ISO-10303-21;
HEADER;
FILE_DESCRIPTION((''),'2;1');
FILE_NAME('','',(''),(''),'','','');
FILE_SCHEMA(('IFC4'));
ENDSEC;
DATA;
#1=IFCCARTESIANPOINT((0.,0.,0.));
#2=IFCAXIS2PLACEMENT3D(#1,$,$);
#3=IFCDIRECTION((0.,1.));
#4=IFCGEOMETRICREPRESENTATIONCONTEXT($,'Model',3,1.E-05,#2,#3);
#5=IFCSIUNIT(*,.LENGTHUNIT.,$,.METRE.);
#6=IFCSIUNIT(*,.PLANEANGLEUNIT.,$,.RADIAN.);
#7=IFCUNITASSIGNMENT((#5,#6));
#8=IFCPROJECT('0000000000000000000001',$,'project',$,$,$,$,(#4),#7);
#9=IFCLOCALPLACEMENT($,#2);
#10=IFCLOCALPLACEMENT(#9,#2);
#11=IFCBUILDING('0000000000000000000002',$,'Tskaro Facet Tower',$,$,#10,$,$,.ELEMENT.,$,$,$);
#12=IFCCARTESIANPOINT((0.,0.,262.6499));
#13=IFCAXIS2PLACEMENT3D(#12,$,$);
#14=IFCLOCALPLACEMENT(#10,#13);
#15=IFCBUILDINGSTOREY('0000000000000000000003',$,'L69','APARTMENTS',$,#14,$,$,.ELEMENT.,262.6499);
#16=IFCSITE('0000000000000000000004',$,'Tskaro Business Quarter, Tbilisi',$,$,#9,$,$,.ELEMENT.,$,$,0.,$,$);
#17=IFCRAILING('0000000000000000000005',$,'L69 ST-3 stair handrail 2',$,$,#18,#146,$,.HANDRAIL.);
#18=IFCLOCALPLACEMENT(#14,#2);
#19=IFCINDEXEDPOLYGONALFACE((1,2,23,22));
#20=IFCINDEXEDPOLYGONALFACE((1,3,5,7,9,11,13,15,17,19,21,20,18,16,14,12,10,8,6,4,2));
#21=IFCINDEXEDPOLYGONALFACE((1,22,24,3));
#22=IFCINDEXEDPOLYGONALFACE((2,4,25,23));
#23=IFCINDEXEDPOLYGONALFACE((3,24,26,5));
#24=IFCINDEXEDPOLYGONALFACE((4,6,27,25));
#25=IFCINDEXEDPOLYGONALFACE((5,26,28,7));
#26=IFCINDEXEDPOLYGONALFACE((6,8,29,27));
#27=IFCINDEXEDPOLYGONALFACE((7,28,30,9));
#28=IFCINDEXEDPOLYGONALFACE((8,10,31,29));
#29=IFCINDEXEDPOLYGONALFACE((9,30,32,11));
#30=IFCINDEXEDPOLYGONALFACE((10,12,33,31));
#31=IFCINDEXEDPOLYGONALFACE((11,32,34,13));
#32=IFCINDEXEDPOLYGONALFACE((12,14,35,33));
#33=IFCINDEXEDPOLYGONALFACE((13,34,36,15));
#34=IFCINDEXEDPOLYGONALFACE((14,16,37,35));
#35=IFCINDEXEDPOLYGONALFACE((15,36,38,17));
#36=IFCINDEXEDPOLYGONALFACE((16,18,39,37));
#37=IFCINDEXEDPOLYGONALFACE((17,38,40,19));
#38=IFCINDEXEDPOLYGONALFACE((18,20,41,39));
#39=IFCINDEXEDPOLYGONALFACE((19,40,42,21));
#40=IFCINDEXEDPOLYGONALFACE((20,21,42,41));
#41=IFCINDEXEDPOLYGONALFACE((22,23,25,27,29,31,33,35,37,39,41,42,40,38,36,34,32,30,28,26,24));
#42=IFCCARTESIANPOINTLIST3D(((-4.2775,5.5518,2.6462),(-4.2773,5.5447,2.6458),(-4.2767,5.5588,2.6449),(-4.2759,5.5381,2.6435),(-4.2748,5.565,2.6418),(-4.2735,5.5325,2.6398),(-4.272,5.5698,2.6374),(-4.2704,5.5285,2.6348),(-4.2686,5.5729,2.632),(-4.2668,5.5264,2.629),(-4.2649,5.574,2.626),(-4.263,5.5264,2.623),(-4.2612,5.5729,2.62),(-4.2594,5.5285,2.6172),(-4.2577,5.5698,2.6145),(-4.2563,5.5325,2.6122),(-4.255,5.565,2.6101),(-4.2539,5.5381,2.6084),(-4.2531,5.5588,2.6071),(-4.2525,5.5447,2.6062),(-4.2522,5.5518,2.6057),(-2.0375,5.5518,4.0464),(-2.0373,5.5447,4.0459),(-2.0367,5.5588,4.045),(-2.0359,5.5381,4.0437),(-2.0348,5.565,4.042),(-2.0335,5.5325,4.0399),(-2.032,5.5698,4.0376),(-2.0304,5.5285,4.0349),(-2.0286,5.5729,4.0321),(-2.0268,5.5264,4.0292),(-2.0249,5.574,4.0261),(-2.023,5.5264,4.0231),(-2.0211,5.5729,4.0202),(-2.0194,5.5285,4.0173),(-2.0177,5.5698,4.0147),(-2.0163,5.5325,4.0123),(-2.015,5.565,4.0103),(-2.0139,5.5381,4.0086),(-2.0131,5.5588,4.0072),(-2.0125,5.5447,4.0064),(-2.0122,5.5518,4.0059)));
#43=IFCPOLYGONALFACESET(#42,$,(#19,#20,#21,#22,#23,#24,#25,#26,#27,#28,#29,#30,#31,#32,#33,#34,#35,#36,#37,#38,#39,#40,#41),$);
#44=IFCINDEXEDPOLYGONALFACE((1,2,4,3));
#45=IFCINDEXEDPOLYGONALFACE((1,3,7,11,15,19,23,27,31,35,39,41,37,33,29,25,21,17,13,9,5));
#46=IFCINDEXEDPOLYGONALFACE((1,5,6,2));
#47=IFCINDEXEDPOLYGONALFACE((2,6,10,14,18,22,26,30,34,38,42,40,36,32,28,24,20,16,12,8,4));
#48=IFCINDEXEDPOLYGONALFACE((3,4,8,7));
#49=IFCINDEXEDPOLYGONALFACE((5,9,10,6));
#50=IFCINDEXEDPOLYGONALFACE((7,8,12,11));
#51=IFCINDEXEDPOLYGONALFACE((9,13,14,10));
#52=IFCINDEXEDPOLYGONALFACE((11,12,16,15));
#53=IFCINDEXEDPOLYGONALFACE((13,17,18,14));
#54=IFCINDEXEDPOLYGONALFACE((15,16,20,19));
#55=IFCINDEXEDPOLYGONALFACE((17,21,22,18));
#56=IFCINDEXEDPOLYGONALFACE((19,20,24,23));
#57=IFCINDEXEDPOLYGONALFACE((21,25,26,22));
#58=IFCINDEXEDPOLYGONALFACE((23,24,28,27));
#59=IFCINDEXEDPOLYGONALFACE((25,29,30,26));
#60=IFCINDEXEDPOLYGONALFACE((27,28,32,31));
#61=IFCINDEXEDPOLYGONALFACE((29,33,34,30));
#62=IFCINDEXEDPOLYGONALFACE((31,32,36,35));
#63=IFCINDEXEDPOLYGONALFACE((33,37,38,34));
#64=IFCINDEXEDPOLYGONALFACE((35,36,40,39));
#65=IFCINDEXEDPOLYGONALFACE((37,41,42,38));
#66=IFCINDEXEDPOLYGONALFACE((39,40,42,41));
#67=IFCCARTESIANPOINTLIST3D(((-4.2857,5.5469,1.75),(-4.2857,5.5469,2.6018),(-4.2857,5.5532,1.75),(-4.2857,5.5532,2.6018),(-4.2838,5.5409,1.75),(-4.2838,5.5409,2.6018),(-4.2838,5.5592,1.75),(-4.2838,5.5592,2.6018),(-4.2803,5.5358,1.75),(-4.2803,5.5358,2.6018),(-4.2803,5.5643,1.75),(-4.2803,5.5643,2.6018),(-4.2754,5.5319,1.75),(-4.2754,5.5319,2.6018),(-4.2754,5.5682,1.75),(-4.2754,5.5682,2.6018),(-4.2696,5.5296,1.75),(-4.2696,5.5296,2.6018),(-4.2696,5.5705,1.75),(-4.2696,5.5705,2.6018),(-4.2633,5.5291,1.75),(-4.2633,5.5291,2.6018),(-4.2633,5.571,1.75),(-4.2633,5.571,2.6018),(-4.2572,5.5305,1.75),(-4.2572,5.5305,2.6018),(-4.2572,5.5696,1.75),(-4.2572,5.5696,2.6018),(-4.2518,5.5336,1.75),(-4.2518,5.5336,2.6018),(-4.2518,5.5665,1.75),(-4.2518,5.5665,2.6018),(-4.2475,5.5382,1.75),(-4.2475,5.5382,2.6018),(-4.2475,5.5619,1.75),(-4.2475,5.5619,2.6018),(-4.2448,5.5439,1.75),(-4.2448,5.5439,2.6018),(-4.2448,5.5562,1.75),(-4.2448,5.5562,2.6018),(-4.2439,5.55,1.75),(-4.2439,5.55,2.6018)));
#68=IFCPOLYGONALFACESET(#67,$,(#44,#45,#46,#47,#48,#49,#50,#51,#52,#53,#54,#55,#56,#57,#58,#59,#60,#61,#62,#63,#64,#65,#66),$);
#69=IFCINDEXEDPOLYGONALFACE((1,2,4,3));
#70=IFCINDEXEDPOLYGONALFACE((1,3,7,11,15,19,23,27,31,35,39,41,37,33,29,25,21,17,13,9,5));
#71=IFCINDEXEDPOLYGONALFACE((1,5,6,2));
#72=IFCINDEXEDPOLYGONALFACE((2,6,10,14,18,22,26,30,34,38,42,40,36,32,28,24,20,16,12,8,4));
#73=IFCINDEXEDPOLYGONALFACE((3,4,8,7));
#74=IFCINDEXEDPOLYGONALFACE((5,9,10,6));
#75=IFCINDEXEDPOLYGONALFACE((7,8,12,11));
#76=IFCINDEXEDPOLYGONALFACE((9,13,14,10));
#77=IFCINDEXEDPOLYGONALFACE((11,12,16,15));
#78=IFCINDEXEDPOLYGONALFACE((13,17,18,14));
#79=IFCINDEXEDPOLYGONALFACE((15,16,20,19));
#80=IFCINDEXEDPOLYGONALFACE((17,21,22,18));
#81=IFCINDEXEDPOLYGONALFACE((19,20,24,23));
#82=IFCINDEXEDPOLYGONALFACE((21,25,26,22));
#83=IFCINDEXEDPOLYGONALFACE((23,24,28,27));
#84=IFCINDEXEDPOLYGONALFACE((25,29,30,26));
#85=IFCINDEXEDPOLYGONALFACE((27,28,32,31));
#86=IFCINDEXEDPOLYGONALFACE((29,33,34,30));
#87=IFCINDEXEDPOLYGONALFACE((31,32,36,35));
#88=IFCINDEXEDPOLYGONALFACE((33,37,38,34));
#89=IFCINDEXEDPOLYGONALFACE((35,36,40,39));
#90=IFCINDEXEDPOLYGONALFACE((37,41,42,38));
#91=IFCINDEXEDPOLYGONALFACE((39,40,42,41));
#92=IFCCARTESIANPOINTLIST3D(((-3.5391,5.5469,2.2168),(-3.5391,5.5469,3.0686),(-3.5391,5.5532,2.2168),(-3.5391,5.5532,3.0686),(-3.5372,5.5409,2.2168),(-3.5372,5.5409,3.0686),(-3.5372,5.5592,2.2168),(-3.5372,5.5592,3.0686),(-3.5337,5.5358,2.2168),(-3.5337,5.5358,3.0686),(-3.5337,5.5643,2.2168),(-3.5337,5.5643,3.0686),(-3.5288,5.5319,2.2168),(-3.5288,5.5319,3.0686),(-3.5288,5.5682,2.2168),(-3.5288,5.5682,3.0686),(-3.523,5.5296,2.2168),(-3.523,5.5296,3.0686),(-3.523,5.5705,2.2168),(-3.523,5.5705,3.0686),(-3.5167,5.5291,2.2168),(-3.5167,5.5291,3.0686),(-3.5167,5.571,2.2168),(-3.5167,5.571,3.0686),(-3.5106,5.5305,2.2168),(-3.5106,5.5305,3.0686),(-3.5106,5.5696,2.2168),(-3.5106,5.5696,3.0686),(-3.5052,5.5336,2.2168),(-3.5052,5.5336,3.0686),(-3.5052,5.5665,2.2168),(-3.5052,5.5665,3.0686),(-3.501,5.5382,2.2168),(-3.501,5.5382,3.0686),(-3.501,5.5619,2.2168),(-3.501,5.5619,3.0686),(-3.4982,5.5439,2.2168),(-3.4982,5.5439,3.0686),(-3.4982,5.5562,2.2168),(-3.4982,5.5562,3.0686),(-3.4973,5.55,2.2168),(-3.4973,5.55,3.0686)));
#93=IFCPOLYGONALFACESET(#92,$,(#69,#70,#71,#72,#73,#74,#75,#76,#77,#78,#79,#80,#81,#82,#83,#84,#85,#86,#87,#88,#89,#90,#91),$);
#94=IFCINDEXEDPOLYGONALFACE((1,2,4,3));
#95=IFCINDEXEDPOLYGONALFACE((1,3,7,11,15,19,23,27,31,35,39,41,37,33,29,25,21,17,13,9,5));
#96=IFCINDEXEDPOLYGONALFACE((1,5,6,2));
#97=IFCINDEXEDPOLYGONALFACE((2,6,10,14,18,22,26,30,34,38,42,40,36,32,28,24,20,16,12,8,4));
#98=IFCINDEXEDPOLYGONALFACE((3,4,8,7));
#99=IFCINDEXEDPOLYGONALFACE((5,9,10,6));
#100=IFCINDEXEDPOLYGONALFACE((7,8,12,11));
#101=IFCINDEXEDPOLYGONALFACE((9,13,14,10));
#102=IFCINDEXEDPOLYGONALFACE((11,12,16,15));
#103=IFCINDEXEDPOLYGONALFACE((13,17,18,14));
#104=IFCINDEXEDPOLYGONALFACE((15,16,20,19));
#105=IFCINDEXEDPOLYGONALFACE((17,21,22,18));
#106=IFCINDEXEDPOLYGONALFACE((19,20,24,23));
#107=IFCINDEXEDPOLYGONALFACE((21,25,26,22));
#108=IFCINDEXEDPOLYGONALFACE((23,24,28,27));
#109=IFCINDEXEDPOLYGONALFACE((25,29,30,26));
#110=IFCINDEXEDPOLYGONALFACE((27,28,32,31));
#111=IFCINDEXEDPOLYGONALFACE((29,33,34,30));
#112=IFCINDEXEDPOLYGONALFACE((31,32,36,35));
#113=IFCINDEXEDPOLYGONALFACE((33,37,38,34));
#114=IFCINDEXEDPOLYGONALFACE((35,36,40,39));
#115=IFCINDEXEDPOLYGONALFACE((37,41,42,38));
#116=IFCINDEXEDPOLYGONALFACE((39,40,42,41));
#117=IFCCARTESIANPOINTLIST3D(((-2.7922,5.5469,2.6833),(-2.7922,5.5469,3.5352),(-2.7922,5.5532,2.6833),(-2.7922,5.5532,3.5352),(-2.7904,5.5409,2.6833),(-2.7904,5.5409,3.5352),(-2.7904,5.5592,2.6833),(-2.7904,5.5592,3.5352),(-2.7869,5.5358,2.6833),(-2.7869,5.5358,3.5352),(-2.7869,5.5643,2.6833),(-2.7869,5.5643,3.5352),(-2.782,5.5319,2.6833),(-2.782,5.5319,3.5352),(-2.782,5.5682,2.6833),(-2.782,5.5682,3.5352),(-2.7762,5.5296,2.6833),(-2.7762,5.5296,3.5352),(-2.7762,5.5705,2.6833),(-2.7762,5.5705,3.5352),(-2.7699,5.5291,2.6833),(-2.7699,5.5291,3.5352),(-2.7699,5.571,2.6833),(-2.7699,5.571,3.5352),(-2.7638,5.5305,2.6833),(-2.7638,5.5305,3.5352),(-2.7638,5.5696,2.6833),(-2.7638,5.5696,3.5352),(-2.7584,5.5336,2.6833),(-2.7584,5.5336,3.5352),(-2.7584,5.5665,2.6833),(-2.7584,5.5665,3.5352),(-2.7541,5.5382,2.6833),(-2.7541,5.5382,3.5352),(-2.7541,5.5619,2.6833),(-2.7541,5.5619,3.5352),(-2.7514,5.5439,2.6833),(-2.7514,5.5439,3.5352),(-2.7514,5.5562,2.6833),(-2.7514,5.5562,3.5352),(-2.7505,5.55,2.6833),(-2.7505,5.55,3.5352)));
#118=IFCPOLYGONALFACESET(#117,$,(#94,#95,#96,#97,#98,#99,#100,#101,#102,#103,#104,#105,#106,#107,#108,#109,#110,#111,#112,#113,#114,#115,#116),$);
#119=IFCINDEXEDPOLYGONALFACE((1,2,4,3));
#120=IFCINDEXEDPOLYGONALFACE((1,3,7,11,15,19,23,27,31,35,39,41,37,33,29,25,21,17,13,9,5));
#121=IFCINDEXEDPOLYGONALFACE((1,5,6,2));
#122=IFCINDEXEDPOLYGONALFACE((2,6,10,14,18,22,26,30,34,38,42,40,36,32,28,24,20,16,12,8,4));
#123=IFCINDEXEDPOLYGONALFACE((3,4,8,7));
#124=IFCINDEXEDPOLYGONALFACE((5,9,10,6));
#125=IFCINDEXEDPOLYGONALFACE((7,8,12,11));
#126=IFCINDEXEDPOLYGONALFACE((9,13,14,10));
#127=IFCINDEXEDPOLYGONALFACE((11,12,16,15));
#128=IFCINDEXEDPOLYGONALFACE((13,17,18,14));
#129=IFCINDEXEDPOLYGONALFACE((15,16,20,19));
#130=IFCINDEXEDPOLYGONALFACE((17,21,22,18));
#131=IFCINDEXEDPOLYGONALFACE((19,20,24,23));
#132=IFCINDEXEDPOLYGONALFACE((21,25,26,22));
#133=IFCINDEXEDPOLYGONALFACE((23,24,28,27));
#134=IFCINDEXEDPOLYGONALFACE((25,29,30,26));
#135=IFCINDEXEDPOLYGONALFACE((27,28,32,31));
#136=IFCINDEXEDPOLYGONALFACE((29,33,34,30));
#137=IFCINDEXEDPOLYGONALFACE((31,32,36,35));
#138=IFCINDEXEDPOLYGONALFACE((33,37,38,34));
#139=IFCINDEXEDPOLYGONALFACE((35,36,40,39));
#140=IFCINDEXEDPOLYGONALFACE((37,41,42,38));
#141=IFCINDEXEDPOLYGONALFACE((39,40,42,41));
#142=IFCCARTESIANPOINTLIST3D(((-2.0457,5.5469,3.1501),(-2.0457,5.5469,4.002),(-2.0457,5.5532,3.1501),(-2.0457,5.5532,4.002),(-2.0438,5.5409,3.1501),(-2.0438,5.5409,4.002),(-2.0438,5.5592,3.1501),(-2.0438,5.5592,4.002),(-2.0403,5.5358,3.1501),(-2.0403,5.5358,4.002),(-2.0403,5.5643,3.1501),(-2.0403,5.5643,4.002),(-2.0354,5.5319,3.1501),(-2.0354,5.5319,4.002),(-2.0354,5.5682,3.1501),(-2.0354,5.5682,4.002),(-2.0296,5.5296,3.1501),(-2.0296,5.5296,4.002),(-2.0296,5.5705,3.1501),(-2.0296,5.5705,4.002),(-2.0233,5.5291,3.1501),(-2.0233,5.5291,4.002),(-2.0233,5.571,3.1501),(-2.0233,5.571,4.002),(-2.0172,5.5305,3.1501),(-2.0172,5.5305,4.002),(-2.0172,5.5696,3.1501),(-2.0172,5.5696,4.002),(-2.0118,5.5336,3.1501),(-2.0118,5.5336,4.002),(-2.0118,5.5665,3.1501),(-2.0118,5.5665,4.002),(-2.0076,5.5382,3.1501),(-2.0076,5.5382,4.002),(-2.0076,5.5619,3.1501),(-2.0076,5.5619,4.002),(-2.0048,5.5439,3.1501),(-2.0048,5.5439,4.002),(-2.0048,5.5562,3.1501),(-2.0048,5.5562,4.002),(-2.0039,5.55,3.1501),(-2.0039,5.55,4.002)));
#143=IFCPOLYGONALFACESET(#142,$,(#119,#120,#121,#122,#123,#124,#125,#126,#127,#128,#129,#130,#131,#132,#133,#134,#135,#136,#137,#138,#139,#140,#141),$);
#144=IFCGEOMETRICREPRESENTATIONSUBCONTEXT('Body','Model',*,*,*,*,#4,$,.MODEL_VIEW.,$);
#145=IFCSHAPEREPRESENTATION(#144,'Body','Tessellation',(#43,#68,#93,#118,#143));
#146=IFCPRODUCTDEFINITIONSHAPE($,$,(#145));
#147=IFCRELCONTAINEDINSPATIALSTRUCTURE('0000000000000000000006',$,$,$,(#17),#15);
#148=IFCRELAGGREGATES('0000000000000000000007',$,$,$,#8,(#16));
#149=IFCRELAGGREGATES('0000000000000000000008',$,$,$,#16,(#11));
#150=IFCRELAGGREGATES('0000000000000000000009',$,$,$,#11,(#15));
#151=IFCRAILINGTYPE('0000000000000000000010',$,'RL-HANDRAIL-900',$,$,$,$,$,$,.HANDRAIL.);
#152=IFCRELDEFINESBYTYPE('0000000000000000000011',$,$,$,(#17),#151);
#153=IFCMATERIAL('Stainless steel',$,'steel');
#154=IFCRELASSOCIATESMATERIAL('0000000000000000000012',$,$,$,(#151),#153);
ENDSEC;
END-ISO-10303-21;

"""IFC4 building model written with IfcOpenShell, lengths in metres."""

from ifc_helpers import new_model, si_unit, direction, frame, origin, origin_2d, place, context, subcontext, project, spatial, circle, extrude, material, type_object, element, save


model = new_model("IFC4")

# Units and contexts
model_context = context("Model", 3, precision=1e-05, world=origin(), true_north=direction((0.0, 1.0)))
body_context = subcontext(model_context, "Body", "Model", "MODEL_VIEW")
ifc_project = project(units=[si_unit("LENGTHUNIT", "METRE"), si_unit("PLANEANGLEUNIT", "RADIAN")], contexts=[model_context])

# Site, building, storey
site_placement = place(None, origin())
site = spatial("IfcSite", under=ifc_project, at=site_placement, Name="Tskaro Business Quarter, Tbilisi", CompositionType="ELEMENT", RefElevation=0.0)
building_placement = place(site_placement, origin())
building = spatial("IfcBuilding", under=site, at=building_placement, Name="Tskaro Facet Tower", CompositionType="ELEMENT")
storey_placement = place(building_placement, frame((0.0, 0.0, 262.6499)))
storey = spatial("IfcBuildingStorey", under=building, at=storey_placement, Name="L69", Description="APARTMENTS", CompositionType="ELEMENT", Elevation=262.6499)

# Railing
ifc_material_1 = material(Name="Stainless steel", Category="steel")
railing_type_1 = type_object("IfcRailingType", Name="RL-HANDRAIL-900", PredefinedType="HANDRAIL", material=ifc_material_1)
railing_1_placement = place(storey_placement, frame((-4.2649, 5.55, 1.75)))
element("IfcRailing", 1, at=railing_1_placement, inside=storey, type_object=railing_type_1, Name="L69 ST-3 stair handrail 2", PredefinedType="HANDRAIL", context=body_context, shape_type="SweptSolid", body=[
    extrude(circle(Radius=0.0239, at=origin_2d()), frame((0.0, 0.0, 0.876), z_axis=(0.847972, 0.0, 0.53004), x_axis=(0.0, 1.0, 0.0)), (0.0, 0.0, 1.0), 2.6416),
    extrude(circle(Radius=0.021, at=origin_2d()), origin(), (0.0, 0.0, 1.0), 0.8518),
    extrude(circle(Radius=0.021, at=origin_2d()), frame((0.7466, 0.0, 0.4668)), (0.0, 0.0, 1.0), 0.8518),
    extrude(circle(Radius=0.021, at=origin_2d()), frame((1.4934, 0.0, 0.9333)), (0.0, 0.0, 1.0), 0.8518),
    extrude(circle(Radius=0.021, at=origin_2d()), frame((2.24, 0.0, 1.4001)), (0.0, 0.0, 1.0), 0.8518),
])

save(model, "model.ifc")
